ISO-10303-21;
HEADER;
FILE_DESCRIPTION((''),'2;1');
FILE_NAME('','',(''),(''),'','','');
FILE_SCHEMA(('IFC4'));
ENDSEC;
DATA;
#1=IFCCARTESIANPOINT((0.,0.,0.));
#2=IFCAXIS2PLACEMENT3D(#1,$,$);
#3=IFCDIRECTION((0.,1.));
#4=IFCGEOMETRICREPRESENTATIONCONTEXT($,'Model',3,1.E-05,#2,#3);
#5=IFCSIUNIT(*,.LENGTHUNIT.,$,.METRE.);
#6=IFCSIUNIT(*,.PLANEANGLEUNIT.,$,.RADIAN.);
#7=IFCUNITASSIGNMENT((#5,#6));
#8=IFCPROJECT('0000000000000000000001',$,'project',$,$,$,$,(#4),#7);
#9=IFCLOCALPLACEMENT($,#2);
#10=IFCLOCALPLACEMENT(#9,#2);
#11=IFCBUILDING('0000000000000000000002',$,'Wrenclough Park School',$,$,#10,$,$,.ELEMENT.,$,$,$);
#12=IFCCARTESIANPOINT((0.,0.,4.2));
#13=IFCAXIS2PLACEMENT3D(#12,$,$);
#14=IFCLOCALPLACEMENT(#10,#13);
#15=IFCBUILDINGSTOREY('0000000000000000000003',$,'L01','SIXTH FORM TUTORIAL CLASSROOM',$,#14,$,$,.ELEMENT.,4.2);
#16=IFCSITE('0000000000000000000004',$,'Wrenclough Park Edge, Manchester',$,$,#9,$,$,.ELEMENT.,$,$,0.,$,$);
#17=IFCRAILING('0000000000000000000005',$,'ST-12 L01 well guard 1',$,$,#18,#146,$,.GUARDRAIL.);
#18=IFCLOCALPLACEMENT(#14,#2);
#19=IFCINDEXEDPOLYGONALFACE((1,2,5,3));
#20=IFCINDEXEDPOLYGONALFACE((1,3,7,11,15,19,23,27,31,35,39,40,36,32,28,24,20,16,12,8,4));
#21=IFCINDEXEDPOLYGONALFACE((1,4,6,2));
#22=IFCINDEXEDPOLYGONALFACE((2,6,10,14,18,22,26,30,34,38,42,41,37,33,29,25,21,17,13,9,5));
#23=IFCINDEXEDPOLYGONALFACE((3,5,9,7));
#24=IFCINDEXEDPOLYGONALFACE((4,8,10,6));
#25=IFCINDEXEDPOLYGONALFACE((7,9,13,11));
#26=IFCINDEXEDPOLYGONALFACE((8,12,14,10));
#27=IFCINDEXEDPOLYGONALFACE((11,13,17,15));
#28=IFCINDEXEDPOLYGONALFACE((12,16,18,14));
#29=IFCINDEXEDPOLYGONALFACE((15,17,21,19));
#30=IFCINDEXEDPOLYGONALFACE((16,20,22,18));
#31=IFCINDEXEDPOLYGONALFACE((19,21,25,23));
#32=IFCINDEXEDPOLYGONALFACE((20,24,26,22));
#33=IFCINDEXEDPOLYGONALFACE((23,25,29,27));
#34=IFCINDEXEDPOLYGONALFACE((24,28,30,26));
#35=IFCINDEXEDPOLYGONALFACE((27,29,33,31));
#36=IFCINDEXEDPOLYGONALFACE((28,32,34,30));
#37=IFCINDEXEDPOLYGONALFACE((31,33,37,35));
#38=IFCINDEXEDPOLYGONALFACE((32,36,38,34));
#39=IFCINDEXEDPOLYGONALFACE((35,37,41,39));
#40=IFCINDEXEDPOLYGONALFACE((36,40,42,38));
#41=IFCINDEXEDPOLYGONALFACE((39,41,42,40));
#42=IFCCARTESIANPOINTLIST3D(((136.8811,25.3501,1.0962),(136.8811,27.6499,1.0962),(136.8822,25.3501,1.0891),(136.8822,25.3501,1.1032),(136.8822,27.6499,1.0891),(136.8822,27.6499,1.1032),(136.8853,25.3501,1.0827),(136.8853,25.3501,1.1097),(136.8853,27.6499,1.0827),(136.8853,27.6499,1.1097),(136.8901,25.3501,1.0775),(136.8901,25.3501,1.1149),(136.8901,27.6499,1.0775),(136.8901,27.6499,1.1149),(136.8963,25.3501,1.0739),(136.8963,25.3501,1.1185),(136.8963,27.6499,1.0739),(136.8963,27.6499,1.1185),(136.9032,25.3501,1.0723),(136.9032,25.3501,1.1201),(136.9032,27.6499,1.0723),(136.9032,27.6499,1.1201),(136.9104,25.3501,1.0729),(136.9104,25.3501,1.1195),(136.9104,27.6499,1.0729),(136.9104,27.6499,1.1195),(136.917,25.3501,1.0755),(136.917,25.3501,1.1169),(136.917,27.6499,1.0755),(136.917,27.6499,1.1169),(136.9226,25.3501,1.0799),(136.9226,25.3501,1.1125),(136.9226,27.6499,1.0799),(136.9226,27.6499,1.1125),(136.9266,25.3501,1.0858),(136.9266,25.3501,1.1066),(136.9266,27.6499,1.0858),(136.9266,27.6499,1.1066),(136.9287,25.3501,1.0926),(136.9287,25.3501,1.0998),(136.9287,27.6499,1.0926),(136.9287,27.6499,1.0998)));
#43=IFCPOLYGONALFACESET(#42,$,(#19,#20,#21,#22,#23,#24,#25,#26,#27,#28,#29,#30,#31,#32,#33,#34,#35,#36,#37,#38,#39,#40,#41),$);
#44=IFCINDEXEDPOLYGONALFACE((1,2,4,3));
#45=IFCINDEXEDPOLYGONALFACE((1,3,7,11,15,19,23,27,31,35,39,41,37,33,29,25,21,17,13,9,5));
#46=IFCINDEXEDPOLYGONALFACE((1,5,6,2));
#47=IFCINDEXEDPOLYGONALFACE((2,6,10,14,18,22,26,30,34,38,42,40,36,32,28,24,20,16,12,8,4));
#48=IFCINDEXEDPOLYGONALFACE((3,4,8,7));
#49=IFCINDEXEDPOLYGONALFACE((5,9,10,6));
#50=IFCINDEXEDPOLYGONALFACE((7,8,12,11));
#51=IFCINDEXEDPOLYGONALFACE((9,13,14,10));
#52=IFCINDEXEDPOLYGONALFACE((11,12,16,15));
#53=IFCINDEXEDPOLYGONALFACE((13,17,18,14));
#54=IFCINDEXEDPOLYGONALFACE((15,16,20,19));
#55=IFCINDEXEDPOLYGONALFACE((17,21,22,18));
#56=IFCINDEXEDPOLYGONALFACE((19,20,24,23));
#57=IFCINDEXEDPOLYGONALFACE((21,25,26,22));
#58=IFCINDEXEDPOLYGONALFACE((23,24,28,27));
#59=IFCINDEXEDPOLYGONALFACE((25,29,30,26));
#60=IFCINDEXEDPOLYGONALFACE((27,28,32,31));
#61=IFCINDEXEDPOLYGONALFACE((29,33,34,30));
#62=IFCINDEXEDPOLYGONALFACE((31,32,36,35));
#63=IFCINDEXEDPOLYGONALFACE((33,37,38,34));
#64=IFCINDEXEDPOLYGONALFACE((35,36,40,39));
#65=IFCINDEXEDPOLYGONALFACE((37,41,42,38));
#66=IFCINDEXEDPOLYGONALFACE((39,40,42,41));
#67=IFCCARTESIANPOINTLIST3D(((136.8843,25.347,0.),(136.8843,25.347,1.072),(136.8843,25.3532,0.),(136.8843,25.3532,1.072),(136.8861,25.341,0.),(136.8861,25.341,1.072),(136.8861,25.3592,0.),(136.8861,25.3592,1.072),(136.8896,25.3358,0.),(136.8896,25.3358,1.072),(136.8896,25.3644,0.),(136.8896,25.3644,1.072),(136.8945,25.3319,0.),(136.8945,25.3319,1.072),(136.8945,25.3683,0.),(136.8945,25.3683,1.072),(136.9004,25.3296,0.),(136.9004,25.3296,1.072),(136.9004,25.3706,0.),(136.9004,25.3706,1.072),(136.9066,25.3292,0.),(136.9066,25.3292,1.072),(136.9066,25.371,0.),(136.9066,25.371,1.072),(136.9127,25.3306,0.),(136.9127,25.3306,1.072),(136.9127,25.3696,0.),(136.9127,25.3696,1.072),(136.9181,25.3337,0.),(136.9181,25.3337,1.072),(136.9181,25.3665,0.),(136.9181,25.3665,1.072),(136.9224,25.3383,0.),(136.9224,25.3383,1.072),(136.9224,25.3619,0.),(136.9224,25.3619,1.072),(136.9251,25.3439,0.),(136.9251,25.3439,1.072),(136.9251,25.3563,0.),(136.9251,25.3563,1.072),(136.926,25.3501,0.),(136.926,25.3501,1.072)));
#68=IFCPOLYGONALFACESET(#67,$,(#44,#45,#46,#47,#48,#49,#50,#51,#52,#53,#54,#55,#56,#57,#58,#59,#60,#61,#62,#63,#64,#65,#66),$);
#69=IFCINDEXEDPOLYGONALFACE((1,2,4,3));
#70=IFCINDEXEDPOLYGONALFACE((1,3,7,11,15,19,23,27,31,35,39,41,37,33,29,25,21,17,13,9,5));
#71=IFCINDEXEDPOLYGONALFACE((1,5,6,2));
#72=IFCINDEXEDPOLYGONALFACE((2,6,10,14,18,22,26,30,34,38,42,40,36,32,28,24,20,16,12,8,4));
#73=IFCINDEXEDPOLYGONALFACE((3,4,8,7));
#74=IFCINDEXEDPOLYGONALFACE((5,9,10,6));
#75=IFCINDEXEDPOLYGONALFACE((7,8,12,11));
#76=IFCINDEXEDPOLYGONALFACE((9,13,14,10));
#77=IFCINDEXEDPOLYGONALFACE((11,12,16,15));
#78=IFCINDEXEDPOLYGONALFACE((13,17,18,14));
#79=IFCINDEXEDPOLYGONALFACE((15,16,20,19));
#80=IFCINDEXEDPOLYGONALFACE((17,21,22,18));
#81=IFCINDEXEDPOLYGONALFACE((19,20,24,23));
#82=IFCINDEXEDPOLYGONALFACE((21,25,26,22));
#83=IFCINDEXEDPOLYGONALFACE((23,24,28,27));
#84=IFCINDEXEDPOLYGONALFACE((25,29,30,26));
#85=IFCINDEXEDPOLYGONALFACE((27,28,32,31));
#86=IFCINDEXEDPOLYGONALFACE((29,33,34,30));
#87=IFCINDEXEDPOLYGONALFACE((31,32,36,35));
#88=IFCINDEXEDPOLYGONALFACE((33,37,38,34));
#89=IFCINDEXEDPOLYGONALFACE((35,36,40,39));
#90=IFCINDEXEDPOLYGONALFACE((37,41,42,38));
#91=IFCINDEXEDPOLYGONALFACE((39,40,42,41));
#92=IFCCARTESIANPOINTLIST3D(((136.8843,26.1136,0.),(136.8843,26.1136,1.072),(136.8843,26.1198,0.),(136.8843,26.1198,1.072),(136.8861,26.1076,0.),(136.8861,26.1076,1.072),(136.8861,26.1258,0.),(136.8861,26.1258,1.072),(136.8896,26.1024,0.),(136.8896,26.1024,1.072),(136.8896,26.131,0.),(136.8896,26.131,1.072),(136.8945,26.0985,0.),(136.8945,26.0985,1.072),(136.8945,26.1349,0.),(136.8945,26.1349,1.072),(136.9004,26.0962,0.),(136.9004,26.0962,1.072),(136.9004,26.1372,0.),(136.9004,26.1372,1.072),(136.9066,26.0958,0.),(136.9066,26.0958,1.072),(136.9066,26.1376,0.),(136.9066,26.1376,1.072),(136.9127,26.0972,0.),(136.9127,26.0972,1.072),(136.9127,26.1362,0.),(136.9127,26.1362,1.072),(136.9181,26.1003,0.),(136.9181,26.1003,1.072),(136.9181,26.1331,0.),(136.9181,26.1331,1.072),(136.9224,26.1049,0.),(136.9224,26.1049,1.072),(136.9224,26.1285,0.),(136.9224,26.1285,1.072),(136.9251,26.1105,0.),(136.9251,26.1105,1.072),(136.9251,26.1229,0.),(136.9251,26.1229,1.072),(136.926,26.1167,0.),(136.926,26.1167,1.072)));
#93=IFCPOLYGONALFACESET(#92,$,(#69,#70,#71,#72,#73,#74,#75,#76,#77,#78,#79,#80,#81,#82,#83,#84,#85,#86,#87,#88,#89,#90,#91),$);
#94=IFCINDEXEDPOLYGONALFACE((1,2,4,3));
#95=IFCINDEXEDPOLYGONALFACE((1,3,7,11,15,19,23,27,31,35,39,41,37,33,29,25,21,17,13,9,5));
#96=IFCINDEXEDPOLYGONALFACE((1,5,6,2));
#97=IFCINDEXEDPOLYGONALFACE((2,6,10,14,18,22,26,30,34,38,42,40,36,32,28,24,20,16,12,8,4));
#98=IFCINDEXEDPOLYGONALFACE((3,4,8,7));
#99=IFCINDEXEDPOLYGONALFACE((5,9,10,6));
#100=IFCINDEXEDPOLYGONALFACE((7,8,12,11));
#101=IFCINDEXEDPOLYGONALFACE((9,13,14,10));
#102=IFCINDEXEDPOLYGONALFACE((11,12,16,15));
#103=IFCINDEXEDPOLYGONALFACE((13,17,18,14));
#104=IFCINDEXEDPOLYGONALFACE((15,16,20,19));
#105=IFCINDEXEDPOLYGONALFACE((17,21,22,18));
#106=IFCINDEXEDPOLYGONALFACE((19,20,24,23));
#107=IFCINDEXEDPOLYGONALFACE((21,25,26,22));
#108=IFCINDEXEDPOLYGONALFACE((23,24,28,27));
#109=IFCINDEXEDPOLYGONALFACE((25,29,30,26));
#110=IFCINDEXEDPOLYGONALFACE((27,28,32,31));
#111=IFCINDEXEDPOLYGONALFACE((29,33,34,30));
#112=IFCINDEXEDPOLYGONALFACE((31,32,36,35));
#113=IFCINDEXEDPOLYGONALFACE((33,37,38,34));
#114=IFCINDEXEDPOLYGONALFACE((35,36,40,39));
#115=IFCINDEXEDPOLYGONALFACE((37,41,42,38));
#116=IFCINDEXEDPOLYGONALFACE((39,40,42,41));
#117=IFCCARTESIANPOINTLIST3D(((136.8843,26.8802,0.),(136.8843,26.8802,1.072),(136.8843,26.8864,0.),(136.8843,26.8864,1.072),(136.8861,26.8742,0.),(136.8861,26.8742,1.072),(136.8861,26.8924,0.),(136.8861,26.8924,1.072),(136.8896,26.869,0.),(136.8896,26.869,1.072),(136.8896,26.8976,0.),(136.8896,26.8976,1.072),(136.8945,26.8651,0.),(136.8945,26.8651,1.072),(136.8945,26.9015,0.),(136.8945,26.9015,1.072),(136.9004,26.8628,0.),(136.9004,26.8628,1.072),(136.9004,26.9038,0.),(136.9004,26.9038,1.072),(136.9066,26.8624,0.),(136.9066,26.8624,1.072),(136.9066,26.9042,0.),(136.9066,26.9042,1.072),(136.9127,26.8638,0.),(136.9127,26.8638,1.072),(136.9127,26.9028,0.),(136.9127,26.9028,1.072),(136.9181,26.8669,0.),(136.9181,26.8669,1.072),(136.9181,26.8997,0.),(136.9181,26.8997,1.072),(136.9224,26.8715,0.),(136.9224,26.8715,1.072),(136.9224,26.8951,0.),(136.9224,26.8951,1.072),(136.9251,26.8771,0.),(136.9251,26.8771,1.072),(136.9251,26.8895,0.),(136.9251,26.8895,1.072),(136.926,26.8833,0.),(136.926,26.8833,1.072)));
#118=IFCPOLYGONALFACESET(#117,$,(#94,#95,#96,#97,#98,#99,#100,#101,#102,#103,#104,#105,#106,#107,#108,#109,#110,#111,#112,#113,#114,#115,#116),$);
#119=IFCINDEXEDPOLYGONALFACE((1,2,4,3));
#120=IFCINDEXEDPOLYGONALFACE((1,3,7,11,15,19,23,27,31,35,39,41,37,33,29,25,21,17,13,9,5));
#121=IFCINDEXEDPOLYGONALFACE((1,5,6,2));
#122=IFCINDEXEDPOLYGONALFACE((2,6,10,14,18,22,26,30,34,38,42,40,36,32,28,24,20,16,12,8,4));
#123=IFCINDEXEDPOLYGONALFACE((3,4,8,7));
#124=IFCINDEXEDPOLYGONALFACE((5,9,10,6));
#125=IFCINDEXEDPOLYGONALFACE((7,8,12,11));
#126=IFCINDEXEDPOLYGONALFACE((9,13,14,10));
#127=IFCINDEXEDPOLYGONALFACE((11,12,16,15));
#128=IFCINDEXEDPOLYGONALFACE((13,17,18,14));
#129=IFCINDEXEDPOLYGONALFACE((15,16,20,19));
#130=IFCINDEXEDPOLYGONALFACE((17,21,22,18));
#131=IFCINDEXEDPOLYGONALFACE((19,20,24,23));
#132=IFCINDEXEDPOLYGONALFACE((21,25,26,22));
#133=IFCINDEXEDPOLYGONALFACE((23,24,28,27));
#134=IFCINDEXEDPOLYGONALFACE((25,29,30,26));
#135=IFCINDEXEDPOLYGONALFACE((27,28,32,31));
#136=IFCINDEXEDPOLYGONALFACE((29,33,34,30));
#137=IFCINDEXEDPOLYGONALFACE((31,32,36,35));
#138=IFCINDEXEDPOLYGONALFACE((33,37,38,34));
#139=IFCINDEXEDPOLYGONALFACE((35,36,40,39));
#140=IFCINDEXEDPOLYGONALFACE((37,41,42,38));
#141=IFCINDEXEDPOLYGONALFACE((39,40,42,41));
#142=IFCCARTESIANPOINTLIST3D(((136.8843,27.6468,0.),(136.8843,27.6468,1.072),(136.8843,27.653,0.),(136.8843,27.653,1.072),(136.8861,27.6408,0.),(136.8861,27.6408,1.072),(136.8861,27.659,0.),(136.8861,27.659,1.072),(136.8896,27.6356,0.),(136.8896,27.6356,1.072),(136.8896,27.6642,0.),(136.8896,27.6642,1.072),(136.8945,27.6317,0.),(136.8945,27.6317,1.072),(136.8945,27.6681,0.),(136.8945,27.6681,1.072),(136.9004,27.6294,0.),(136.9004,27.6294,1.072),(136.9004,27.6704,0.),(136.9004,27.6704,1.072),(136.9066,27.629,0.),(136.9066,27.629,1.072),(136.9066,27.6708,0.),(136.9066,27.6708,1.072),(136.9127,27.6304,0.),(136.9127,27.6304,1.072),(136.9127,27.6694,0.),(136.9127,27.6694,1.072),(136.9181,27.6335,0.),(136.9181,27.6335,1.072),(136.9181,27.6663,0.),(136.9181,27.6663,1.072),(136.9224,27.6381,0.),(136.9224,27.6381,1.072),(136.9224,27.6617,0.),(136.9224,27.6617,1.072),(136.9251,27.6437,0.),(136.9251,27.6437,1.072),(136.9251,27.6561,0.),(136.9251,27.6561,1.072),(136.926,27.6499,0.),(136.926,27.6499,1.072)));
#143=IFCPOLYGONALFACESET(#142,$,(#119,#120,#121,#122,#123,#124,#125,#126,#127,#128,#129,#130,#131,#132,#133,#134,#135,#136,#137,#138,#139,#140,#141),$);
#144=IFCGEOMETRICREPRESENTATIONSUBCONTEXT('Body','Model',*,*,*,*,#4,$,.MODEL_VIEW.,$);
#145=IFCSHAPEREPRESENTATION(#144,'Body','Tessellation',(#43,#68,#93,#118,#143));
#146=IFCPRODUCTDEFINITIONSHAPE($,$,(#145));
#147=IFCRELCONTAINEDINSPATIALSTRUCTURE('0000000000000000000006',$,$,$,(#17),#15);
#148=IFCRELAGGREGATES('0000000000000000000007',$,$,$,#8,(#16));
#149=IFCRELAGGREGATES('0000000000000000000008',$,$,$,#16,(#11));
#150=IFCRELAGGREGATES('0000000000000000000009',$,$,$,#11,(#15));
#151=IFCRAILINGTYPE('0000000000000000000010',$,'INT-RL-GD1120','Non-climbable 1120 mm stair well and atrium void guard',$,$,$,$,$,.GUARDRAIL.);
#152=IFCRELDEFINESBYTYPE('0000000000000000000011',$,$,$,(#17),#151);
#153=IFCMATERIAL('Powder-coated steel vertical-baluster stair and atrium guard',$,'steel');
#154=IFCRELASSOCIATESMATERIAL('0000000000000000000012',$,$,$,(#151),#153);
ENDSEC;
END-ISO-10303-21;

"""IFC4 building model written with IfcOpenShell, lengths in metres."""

from ifc_helpers import new_model, si_unit, direction, frame, origin, origin_2d, place, context, subcontext, project, spatial, circle, extrude, material, type_object, element, save


model = new_model("IFC4")

# Units and contexts
model_context = context("Model", 3, precision=1e-05, world=origin(), true_north=direction((0.0, 1.0)))
body_context = subcontext(model_context, "Body", "Model", "MODEL_VIEW")
ifc_project = project(units=[si_unit("LENGTHUNIT", "METRE"), si_unit("PLANEANGLEUNIT", "RADIAN")], contexts=[model_context])

# Site, building, storey
site_placement = place(None, origin())
site = spatial("IfcSite", under=ifc_project, at=site_placement, Name="Wrenclough Park Edge, Manchester", CompositionType="ELEMENT", RefElevation=0.0)
building_placement = place(site_placement, origin())
building = spatial("IfcBuilding", under=site, at=building_placement, Name="Wrenclough Park School", CompositionType="ELEMENT")
storey_placement = place(building_placement, frame((0.0, 0.0, 4.2)))
storey = spatial("IfcBuildingStorey", under=building, at=storey_placement, Name="L01", Description="SIXTH FORM TUTORIAL CLASSROOM", CompositionType="ELEMENT", Elevation=4.2)

# Railing
ifc_material_1 = material(Name="Powder-coated steel vertical-baluster stair and atrium guard", Category="steel")
railing_type_1 = type_object("IfcRailingType", Name="INT-RL-GD1120", Description="Non-climbable 1120 mm stair well and atrium void guard", PredefinedType="GUARDRAIL", material=ifc_material_1)
for number, where, name in (
    (1, (136.905, 25.3501, 0.0), "ST-12 L01 well guard 1"),
):
    element("IfcRailing", number, at=place(storey_placement, frame(where)), inside=storey, type_object=railing_type_1, Name=name, PredefinedType="GUARDRAIL", context=body_context, shape_type="SweptSolid", body=[
        extrude(circle(Radius=0.0239, at=origin_2d()), frame((0.0, 0.0, 1.0962), z_axis=(0.0, 1.0, 0.0), x_axis=(-1.0, 0.0, 0.0)), (0.0, 0.0, 1.0), 2.2998),
        extrude(circle(Radius=0.021, at=origin_2d()), origin(), (0.0, 0.0, 1.0), 1.072),
        extrude(circle(Radius=0.021, at=origin_2d()), frame((0.0, 0.7666, 0.0)), (0.0, 0.0, 1.0), 1.072),
        extrude(circle(Radius=0.021, at=origin_2d()), frame((0.0, 1.5332, 0.0)), (0.0, 0.0, 1.0), 1.072),
        extrude(circle(Radius=0.021, at=origin_2d()), frame((0.0, 2.2998, 0.0)), (0.0, 0.0, 1.0), 1.072),
    ])

save(model, "model.ifc")
